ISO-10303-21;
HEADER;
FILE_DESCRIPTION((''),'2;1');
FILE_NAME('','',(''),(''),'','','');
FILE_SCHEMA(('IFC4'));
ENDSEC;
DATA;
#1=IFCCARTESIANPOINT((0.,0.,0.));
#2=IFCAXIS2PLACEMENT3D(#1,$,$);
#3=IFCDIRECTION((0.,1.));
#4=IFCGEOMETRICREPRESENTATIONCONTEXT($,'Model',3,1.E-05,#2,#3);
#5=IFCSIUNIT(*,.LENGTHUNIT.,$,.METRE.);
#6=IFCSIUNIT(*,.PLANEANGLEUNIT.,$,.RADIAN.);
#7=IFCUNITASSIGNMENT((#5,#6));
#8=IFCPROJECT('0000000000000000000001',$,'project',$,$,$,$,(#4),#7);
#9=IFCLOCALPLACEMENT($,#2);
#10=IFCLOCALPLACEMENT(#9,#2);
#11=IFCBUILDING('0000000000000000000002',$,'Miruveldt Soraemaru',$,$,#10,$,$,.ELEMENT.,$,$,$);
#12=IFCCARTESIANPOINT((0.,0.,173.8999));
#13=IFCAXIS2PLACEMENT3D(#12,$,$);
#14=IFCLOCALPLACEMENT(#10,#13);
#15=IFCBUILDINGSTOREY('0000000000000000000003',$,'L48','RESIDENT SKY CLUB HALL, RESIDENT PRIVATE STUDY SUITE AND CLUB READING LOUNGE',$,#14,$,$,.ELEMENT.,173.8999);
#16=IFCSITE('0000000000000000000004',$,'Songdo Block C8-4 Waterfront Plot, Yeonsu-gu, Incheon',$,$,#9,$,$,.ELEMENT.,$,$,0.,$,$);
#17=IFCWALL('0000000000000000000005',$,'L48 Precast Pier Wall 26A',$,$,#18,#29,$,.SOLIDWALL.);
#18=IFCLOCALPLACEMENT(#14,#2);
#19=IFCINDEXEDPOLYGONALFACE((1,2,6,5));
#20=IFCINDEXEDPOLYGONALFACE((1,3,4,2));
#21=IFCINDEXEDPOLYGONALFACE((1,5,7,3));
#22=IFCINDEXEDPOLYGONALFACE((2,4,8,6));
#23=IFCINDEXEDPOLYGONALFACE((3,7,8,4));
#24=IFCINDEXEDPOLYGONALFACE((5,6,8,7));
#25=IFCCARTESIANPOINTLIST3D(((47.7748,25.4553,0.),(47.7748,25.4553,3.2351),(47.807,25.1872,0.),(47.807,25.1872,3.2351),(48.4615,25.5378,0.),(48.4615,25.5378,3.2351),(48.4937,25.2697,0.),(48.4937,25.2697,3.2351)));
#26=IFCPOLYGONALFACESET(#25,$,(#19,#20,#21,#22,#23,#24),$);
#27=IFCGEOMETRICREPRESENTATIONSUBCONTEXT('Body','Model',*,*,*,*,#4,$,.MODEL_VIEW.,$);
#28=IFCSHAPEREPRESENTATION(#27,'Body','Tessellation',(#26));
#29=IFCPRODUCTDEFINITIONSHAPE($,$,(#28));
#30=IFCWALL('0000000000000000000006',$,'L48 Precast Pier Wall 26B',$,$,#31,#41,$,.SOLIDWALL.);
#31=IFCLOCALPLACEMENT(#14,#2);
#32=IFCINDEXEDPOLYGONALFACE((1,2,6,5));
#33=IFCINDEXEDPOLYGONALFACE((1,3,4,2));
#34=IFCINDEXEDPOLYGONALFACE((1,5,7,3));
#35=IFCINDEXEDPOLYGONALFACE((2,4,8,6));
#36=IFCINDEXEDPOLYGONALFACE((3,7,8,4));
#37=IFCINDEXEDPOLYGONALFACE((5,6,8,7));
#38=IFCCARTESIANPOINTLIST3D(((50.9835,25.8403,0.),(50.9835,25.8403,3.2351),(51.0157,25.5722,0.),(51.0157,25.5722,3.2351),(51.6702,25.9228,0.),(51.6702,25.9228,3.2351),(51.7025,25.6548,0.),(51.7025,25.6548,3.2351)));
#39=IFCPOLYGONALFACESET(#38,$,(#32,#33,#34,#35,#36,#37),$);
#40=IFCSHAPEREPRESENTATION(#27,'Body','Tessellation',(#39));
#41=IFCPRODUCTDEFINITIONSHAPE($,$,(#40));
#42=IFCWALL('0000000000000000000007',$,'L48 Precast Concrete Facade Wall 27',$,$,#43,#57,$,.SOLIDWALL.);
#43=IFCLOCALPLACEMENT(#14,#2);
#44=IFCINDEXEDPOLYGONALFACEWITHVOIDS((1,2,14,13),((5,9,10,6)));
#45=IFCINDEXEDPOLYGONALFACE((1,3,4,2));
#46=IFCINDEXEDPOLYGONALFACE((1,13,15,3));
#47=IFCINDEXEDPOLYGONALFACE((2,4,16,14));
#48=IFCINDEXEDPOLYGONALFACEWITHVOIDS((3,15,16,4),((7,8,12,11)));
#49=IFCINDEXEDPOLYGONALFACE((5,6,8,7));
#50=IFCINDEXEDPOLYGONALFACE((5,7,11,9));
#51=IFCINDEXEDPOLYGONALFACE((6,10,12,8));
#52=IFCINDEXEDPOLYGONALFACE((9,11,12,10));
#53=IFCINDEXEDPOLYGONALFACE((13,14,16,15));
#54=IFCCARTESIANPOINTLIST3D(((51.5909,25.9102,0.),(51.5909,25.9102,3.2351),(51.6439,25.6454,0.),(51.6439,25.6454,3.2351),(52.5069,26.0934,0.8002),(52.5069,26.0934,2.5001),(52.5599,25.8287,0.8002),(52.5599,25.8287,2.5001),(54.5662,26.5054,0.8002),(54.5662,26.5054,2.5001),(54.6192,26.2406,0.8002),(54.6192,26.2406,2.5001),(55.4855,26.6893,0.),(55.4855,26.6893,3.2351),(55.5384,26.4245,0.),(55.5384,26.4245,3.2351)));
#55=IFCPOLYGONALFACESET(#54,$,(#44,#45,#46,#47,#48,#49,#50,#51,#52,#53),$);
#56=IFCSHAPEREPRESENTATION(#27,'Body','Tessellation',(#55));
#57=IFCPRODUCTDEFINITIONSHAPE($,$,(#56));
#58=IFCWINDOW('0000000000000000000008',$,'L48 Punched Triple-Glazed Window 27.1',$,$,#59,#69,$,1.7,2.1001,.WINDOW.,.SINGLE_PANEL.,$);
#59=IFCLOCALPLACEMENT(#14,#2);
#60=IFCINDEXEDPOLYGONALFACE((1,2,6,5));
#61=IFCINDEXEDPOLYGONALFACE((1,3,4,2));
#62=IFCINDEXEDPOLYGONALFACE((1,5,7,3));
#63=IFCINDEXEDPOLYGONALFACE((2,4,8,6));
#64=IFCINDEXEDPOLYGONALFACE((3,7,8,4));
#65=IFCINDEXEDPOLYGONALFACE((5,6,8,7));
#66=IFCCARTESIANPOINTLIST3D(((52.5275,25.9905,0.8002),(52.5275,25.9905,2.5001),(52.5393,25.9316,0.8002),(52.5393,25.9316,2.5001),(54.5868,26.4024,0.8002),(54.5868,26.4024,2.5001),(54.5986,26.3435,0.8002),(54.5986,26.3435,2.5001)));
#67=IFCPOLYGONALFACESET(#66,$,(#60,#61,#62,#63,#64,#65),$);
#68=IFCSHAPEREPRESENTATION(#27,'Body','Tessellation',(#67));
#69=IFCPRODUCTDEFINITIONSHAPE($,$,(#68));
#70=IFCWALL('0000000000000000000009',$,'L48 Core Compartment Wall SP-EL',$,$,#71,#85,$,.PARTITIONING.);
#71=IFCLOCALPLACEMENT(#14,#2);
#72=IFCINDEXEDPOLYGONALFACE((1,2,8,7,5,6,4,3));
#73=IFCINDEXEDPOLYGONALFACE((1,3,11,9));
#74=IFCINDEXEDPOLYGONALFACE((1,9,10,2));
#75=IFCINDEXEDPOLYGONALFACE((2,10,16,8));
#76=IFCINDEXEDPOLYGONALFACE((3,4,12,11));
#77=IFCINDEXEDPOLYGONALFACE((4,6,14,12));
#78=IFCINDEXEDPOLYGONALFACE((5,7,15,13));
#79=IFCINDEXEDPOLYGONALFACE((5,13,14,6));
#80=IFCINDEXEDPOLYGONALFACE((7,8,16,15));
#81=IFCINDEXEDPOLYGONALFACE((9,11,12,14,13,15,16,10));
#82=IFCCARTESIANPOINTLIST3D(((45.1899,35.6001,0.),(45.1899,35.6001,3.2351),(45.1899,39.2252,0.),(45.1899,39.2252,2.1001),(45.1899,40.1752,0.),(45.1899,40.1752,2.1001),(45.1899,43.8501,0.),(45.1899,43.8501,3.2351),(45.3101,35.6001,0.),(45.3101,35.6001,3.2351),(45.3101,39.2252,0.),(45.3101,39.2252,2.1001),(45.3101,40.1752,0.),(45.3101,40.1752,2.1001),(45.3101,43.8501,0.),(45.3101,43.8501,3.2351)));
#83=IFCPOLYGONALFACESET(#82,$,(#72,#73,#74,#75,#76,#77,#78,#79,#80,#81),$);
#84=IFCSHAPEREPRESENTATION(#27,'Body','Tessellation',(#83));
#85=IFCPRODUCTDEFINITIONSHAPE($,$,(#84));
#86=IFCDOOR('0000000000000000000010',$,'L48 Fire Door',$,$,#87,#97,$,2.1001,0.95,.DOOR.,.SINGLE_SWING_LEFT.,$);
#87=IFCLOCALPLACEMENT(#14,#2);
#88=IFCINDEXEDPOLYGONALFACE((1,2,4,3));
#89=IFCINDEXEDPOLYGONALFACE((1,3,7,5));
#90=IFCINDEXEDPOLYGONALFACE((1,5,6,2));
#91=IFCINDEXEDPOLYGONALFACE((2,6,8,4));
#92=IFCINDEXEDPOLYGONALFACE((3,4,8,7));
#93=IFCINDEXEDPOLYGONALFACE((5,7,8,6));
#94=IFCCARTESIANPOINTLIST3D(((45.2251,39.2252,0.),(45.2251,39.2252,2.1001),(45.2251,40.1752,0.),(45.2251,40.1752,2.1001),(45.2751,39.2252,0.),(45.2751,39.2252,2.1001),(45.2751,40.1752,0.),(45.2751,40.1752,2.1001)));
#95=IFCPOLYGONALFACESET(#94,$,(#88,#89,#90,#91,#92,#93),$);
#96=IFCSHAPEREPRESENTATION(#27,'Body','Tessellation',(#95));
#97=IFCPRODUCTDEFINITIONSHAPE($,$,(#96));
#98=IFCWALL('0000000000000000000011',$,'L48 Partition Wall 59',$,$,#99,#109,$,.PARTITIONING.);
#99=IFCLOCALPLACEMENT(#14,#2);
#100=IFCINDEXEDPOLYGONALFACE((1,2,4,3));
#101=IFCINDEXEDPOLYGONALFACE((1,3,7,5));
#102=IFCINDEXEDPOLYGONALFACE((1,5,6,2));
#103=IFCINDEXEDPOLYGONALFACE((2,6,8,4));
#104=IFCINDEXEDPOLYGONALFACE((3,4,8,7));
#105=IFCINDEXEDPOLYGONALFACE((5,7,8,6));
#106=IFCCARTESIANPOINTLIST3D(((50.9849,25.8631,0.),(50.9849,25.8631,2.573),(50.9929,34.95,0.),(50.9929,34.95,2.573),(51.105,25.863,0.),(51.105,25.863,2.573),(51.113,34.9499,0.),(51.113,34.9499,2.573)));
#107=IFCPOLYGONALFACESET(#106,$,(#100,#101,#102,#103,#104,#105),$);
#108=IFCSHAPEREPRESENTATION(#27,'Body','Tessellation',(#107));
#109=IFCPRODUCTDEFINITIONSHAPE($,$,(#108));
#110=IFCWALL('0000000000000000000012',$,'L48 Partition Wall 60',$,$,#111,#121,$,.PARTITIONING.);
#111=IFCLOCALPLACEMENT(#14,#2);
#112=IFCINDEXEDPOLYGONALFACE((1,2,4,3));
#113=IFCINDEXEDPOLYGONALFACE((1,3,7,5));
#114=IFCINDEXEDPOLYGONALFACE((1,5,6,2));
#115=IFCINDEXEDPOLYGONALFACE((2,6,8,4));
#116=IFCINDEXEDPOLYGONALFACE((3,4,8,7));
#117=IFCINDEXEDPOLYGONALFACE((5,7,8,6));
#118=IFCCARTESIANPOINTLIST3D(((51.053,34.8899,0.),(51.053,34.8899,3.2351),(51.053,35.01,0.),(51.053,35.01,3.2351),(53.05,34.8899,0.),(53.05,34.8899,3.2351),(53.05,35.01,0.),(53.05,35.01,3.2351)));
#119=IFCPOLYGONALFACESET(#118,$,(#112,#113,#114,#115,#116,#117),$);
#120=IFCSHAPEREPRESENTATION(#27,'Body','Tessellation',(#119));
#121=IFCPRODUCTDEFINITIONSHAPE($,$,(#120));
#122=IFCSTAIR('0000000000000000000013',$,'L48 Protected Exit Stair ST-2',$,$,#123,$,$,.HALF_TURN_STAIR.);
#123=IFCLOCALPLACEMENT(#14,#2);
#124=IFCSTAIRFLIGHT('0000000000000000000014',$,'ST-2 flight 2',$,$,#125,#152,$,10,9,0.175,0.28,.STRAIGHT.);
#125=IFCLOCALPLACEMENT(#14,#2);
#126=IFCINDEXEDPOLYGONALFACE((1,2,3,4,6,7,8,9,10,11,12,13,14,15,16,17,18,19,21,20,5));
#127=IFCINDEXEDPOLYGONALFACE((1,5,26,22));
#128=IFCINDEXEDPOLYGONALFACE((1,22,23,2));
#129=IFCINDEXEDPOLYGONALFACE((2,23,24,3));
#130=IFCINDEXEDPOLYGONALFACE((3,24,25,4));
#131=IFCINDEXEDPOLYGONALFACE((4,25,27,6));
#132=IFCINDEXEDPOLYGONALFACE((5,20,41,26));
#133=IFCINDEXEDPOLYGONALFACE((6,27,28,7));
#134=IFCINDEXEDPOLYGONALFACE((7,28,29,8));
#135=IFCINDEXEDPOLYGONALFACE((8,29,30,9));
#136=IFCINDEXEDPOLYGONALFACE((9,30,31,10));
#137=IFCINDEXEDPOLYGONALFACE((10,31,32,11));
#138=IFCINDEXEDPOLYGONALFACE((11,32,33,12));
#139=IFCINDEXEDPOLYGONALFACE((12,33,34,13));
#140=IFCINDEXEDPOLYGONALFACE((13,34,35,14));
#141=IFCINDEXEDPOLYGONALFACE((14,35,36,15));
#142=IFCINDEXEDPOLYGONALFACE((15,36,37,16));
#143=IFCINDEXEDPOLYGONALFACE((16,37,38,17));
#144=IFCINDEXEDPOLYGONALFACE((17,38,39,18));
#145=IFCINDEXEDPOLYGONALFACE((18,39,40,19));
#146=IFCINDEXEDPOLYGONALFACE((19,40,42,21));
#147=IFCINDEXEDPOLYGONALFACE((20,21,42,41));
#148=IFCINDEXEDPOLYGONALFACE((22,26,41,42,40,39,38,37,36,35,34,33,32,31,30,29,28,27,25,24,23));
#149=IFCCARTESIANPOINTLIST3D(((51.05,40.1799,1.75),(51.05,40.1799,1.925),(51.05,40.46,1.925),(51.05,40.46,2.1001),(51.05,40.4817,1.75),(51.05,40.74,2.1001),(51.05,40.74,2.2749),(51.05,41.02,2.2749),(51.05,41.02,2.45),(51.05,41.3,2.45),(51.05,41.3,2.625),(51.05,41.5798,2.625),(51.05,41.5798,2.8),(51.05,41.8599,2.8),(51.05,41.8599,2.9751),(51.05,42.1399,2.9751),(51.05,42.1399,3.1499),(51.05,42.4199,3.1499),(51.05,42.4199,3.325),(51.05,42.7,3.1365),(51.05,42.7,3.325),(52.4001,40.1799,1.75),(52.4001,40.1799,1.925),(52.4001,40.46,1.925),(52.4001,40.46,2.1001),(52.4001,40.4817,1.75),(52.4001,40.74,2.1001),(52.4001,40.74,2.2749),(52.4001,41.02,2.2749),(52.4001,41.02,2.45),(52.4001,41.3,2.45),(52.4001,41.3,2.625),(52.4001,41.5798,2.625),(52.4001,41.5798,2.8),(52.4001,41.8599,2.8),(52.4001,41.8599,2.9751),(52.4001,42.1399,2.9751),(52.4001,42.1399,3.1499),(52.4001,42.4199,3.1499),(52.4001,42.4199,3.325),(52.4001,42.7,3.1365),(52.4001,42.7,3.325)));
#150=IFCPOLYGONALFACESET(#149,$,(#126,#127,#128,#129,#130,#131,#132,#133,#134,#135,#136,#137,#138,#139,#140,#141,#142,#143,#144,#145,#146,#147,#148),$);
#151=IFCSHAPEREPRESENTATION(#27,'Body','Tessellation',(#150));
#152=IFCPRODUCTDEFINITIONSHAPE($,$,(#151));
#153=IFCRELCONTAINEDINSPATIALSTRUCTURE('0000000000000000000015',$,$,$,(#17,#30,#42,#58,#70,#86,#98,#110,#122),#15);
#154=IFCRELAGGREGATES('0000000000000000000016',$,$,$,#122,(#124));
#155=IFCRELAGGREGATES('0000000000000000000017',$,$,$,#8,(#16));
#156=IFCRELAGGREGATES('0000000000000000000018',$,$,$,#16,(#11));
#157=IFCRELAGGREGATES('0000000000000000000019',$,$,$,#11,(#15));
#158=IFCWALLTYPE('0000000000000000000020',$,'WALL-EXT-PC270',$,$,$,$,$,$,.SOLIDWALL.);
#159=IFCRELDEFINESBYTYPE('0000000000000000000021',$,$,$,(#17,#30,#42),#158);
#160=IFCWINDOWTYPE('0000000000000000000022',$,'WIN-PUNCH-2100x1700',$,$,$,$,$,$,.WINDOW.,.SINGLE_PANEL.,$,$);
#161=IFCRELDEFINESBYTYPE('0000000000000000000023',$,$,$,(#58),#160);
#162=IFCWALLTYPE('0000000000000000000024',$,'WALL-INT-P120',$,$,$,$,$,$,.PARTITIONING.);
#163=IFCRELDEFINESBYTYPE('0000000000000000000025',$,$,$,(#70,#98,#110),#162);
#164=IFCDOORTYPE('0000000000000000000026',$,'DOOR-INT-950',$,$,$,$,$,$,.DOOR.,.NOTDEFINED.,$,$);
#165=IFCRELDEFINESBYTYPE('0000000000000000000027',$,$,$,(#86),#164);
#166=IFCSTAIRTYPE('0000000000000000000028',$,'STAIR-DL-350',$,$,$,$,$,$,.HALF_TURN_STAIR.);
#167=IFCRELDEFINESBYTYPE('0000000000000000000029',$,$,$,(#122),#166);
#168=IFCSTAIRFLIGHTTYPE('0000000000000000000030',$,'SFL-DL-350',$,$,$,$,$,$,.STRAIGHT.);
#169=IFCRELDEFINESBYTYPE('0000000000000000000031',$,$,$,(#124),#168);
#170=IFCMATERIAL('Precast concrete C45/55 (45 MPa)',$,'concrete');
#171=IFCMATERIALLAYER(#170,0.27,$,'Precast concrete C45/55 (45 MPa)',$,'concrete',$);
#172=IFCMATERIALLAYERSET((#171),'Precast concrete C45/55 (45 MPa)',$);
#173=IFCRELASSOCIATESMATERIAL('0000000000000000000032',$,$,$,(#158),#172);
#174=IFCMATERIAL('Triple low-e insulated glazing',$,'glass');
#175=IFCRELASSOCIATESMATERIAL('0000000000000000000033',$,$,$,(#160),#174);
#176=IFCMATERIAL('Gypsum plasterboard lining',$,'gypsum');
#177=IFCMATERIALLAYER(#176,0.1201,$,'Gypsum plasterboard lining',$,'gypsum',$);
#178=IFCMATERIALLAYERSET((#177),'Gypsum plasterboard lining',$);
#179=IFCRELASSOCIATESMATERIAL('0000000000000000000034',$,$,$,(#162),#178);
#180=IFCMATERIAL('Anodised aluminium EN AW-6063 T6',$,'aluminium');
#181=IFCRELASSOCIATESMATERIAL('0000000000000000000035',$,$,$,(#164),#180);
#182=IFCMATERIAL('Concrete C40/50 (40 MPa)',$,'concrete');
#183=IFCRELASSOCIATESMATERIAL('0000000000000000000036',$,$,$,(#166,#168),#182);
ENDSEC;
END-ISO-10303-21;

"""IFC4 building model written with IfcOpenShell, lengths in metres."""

from ifc_helpers import new_model, si_unit, direction, frame, frame_2d, origin, place, context, subcontext, project, spatial, polyline, rectangle, outline, extrude, material, layer, layer_set, type_object, element, fill, aggregate, save


model = new_model("IFC4")

# Units and contexts
model_context = context("Model", 3, precision=1e-05, world=origin(), true_north=direction((0.0, 1.0)))
body_context = subcontext(model_context, "Body", "Model", "MODEL_VIEW")
ifc_project = project(units=[si_unit("LENGTHUNIT", "METRE"), si_unit("PLANEANGLEUNIT", "RADIAN")], contexts=[model_context])

# Site, building, storey
site_placement = place(None, origin())
site = spatial("IfcSite", under=ifc_project, at=site_placement, Name="Songdo Block C8-4 Waterfront Plot, Yeonsu-gu, Incheon", CompositionType="ELEMENT", RefElevation=0.0)
building_placement = place(site_placement, origin())
building = spatial("IfcBuilding", under=site, at=building_placement, Name="Miruveldt Soraemaru", CompositionType="ELEMENT")
storey_placement = place(building_placement, frame((0.0, 0.0, 173.8999)))
storey = spatial("IfcBuildingStorey", under=building, at=storey_placement, Name="L48", Description="RESIDENT SKY CLUB HALL, RESIDENT PRIVATE STUDY SUITE AND CLUB READING LOUNGE", CompositionType="ELEMENT", Elevation=173.8999)

# Shared definitions
ifc_material_1 = material(Name="Triple low-e insulated glazing", Category="glass")

# Shared definitions
ifc_material_2 = material(Name="Precast concrete C45/55 (45 MPa)", Category="concrete")
ifc_layer_1 = layer(ifc_material_2, 0.27, Name="Precast concrete C45/55 (45 MPa)", Category="concrete")
ifc_layer_set_1 = layer_set([ifc_layer_1], Name="Precast concrete C45/55 (45 MPa)")
wall_type_1 = type_object("IfcWallType", Name="WALL-EXT-PC270", PredefinedType="SOLIDWALL", material=ifc_layer_set_1)
window_type_1 = type_object("IfcWindowType", Name="WIN-PUNCH-2100x1700", PartitioningType="SINGLE_PANEL", PredefinedType="WINDOW", material=ifc_material_1)

# Walls
for number, where, z_axis, x_axis, name in (
    (1, (47.791, 25.3213, 0.0), (0.0, 0.0, 1.0), (0.992858, 0.119298, 0.0), "L48 Precast Pier Wall 26A"),
    (2, (50.9998, 25.7063, 0.0), (0.0, 0.0, 1.0), (0.992858, 0.119298, 0.0), "L48 Precast Pier Wall 26B"),
):
    element("IfcWall", number, at=place(storey_placement, frame(where, z_axis=z_axis, x_axis=x_axis)), inside=storey, type_object=wall_type_1, Name=name, PredefinedType="SOLIDWALL", context=body_context, shape_type="SweptSolid", body=[
        extrude(rectangle(XDim=0.6917, YDim=0.27, at=frame_2d((0.3457, 0.0))), origin(), (0.0, 0.0, 1.0), 3.2351),
    ])

# Wall, opening, window
wall_1_placement = place(storey_placement, frame((51.6174, 25.7778, 0.0), z_axis=(0.0, 0.0, 1.0), x_axis=(0.980574, 0.196152, 0.0)))
wall_1 = element("IfcWall", 3, at=wall_1_placement, inside=storey, type_object=wall_type_1, Name="L48 Precast Concrete Facade Wall 27", PredefinedType="SOLIDWALL", context=body_context, shape_type="SweptSolid", body=[
    extrude(rectangle(XDim=3.9717, YDim=0.27, at=frame_2d((1.9858, 0.0))), origin(), (0.0, 0.0, 1.0), 3.2351),
])
opening_1_placement = place(wall_1_placement, frame((0.9341, 0.0, 0.8)))
opening_1 = element("IfcOpeningElement", 4, at=opening_1_placement, cuts=wall_1, PredefinedType="OPENING", context=body_context, shape_type="SweptSolid", body=[
    extrude(rectangle(XDim=2.1001, YDim=1.7, at=frame_2d((1.05, 0.8501))), frame((0.0, 0.145, 0.0), z_axis=(0.0, -1.0, 0.0), x_axis=(1.0, 0.0, 0.0)), (0.0, 0.0, 1.0), 0.29),
])
window_1_placement = place(opening_1_placement, origin())
window_1 = element("IfcWindow", 5, at=window_1_placement, inside=storey, type_object=window_type_1, Name="L48 Punched Triple-Glazed Window 27.1", OverallHeight=1.7, OverallWidth=2.1001, PartitioningType="SINGLE_PANEL", PredefinedType="WINDOW", context=body_context, shape_type="SweptSolid", body=[
    extrude(rectangle(XDim=2.1001, YDim=1.7, at=frame_2d((1.05, 0.8501))), frame((0.0, 0.03, 0.0), z_axis=(0.0, -1.0, 0.0), x_axis=(1.0, 0.0, 0.0)), (0.0, 0.0, 1.0), 0.0601),
])
fill(opening_1, window_1)

# Wall, opening, door
ifc_material_3 = material(Name="Gypsum plasterboard lining", Category="gypsum")
ifc_layer_2 = layer(ifc_material_3, 0.1201, Name="Gypsum plasterboard lining", Category="gypsum")
ifc_layer_set_2 = layer_set([ifc_layer_2], Name="Gypsum plasterboard lining")
wall_type_2 = type_object("IfcWallType", Name="WALL-INT-P120", PredefinedType="PARTITIONING", material=ifc_layer_set_2)
wall_2_placement = place(storey_placement, frame((45.25, 35.6001, 0.0), z_axis=(0.0, 0.0, 1.0), x_axis=(0.0, 1.0, 0.0)))
wall_2 = element("IfcWall", 6, at=wall_2_placement, inside=storey, type_object=wall_type_2, Name="L48 Core Compartment Wall SP-EL", PredefinedType="PARTITIONING", context=body_context, shape_type="SweptSolid", body=[
    extrude(rectangle(XDim=8.25, YDim=0.1201, at=frame_2d((4.125, 0.0))), origin(), (0.0, 0.0, 1.0), 3.2351),
])
opening_2_placement = place(wall_2_placement, frame((3.625, 0.0, 0.0)))
opening_2 = element("IfcOpeningElement", 7, at=opening_2_placement, cuts=wall_2, PredefinedType="OPENING", context=body_context, shape_type="SweptSolid", body=[
    extrude(rectangle(XDim=0.95, YDim=2.1001, at=frame_2d((0.4751, 1.05))), frame((0.0, 0.0701, 0.0), z_axis=(0.0, -1.0, 0.0), x_axis=(1.0, 0.0, 0.0)), (0.0, 0.0, 1.0), 0.1401),
])
ifc_material_4 = material(Name="Anodised aluminium EN AW-6063 T6", Category="aluminium")
door_type = type_object("IfcDoorType", Name="DOOR-INT-950", OperationType="NOTDEFINED", PredefinedType="DOOR", material=ifc_material_4)
door_placement = place(opening_2_placement, origin())
door = element("IfcDoor", 8, at=door_placement, inside=storey, type_object=door_type, Name="L48 Fire Door", OperationType="SINGLE_SWING_LEFT", OverallHeight=2.1001, OverallWidth=0.95, PredefinedType="DOOR", context=body_context, shape_type="SweptSolid", body=[
    extrude(rectangle(XDim=0.95, YDim=2.1001, at=frame_2d((0.4751, 1.05))), frame((0.0, 0.0249, 0.0), z_axis=(0.0, -1.0, 0.0), x_axis=(1.0, 0.0, 0.0)), (0.0, 0.0, 1.0), 0.05),
])
fill(opening_2, door)

# Walls
wall_3_placement = place(storey_placement, frame((51.0449, 25.863, 0.0), z_axis=(0.0, 0.0, 1.0), x_axis=(0.000887, 1.0, 0.0)))
element("IfcWall", 9, at=wall_3_placement, inside=storey, type_object=wall_type_2, Name="L48 Partition Wall 59", PredefinedType="PARTITIONING", context=body_context, shape_type="SweptSolid", body=[
    extrude(rectangle(XDim=9.0869, YDim=0.1201, at=frame_2d((4.5435, 0.0))), origin(), (0.0, 0.0, 1.0), 2.573),
])
wall_4_placement = place(storey_placement, frame((51.053, 34.95, 0.0), z_axis=(0.0, 0.0, 1.0), x_axis=(1.0, 0.0, 0.0)))
element("IfcWall", 10, at=wall_4_placement, inside=storey, type_object=wall_type_2, Name="L48 Partition Wall 60", PredefinedType="PARTITIONING", context=body_context, shape_type="SweptSolid", body=[
    extrude(rectangle(XDim=1.9971, YDim=0.1201, at=frame_2d((0.9985, 0.0))), origin(), (0.0, 0.0, 1.0), 3.2351),
])

# Stair, stair flight
ifc_material_5 = material(Name="Concrete C40/50 (40 MPa)", Category="concrete")
stair_type = type_object("IfcStairType", Name="STAIR-DL-350", PredefinedType="HALF_TURN_STAIR", material=ifc_material_5)
stair_placement = place(storey_placement, origin())
stair = element("IfcStair", 11, at=stair_placement, inside=storey, type_object=stair_type, Name="L48 Protected Exit Stair ST-2", PredefinedType="HALF_TURN_STAIR")
stair_flight_type = type_object("IfcStairFlightType", Name="SFL-DL-350", PredefinedType="STRAIGHT", material=ifc_material_5)
stair_flight_placement = place(storey_placement, frame((51.7251, 40.1799, 1.75), z_axis=(0.0, 0.0, 1.0), x_axis=(0.0, 1.0, 0.0)))
stair_flight = element("IfcStairFlight", 12, at=stair_flight_placement, type_object=stair_flight_type, Name="ST-2 flight 2", NumberOfRisers=10, NumberOfTreads=9, PredefinedType="STRAIGHT", RiserHeight=0.175, TreadLength=0.28, context=body_context, shape_type="SweptSolid", body=[
    extrude(outline(polyline([(0.0, 0.0), (0.0, 0.175), (0.28, 0.175), (0.28, 0.3501), (0.5601, 0.3501), (0.5601, 0.5249), (0.8401, 0.5249), (0.8401, 0.7), (1.1201, 0.7), (1.1201, 0.875), (1.3999, 0.875), (1.3999, 1.05), (1.6799, 1.05), (1.6799, 1.2251), (1.96, 1.2251), (1.96, 1.3999), (2.24, 1.3999), (2.24, 1.575), (2.52, 1.575), (2.52, 1.75), (2.52, 1.3865), (0.3018, 0.0), (0.0, 0.0)])), frame((0.0, 0.675, 0.0), z_axis=(0.0, -1.0, 0.0), x_axis=(1.0, 0.0, 0.0)), (0.0, 0.0, 1.0), 1.3501),
])
aggregate(stair, [stair_flight])

save(model, "model.ifc")
